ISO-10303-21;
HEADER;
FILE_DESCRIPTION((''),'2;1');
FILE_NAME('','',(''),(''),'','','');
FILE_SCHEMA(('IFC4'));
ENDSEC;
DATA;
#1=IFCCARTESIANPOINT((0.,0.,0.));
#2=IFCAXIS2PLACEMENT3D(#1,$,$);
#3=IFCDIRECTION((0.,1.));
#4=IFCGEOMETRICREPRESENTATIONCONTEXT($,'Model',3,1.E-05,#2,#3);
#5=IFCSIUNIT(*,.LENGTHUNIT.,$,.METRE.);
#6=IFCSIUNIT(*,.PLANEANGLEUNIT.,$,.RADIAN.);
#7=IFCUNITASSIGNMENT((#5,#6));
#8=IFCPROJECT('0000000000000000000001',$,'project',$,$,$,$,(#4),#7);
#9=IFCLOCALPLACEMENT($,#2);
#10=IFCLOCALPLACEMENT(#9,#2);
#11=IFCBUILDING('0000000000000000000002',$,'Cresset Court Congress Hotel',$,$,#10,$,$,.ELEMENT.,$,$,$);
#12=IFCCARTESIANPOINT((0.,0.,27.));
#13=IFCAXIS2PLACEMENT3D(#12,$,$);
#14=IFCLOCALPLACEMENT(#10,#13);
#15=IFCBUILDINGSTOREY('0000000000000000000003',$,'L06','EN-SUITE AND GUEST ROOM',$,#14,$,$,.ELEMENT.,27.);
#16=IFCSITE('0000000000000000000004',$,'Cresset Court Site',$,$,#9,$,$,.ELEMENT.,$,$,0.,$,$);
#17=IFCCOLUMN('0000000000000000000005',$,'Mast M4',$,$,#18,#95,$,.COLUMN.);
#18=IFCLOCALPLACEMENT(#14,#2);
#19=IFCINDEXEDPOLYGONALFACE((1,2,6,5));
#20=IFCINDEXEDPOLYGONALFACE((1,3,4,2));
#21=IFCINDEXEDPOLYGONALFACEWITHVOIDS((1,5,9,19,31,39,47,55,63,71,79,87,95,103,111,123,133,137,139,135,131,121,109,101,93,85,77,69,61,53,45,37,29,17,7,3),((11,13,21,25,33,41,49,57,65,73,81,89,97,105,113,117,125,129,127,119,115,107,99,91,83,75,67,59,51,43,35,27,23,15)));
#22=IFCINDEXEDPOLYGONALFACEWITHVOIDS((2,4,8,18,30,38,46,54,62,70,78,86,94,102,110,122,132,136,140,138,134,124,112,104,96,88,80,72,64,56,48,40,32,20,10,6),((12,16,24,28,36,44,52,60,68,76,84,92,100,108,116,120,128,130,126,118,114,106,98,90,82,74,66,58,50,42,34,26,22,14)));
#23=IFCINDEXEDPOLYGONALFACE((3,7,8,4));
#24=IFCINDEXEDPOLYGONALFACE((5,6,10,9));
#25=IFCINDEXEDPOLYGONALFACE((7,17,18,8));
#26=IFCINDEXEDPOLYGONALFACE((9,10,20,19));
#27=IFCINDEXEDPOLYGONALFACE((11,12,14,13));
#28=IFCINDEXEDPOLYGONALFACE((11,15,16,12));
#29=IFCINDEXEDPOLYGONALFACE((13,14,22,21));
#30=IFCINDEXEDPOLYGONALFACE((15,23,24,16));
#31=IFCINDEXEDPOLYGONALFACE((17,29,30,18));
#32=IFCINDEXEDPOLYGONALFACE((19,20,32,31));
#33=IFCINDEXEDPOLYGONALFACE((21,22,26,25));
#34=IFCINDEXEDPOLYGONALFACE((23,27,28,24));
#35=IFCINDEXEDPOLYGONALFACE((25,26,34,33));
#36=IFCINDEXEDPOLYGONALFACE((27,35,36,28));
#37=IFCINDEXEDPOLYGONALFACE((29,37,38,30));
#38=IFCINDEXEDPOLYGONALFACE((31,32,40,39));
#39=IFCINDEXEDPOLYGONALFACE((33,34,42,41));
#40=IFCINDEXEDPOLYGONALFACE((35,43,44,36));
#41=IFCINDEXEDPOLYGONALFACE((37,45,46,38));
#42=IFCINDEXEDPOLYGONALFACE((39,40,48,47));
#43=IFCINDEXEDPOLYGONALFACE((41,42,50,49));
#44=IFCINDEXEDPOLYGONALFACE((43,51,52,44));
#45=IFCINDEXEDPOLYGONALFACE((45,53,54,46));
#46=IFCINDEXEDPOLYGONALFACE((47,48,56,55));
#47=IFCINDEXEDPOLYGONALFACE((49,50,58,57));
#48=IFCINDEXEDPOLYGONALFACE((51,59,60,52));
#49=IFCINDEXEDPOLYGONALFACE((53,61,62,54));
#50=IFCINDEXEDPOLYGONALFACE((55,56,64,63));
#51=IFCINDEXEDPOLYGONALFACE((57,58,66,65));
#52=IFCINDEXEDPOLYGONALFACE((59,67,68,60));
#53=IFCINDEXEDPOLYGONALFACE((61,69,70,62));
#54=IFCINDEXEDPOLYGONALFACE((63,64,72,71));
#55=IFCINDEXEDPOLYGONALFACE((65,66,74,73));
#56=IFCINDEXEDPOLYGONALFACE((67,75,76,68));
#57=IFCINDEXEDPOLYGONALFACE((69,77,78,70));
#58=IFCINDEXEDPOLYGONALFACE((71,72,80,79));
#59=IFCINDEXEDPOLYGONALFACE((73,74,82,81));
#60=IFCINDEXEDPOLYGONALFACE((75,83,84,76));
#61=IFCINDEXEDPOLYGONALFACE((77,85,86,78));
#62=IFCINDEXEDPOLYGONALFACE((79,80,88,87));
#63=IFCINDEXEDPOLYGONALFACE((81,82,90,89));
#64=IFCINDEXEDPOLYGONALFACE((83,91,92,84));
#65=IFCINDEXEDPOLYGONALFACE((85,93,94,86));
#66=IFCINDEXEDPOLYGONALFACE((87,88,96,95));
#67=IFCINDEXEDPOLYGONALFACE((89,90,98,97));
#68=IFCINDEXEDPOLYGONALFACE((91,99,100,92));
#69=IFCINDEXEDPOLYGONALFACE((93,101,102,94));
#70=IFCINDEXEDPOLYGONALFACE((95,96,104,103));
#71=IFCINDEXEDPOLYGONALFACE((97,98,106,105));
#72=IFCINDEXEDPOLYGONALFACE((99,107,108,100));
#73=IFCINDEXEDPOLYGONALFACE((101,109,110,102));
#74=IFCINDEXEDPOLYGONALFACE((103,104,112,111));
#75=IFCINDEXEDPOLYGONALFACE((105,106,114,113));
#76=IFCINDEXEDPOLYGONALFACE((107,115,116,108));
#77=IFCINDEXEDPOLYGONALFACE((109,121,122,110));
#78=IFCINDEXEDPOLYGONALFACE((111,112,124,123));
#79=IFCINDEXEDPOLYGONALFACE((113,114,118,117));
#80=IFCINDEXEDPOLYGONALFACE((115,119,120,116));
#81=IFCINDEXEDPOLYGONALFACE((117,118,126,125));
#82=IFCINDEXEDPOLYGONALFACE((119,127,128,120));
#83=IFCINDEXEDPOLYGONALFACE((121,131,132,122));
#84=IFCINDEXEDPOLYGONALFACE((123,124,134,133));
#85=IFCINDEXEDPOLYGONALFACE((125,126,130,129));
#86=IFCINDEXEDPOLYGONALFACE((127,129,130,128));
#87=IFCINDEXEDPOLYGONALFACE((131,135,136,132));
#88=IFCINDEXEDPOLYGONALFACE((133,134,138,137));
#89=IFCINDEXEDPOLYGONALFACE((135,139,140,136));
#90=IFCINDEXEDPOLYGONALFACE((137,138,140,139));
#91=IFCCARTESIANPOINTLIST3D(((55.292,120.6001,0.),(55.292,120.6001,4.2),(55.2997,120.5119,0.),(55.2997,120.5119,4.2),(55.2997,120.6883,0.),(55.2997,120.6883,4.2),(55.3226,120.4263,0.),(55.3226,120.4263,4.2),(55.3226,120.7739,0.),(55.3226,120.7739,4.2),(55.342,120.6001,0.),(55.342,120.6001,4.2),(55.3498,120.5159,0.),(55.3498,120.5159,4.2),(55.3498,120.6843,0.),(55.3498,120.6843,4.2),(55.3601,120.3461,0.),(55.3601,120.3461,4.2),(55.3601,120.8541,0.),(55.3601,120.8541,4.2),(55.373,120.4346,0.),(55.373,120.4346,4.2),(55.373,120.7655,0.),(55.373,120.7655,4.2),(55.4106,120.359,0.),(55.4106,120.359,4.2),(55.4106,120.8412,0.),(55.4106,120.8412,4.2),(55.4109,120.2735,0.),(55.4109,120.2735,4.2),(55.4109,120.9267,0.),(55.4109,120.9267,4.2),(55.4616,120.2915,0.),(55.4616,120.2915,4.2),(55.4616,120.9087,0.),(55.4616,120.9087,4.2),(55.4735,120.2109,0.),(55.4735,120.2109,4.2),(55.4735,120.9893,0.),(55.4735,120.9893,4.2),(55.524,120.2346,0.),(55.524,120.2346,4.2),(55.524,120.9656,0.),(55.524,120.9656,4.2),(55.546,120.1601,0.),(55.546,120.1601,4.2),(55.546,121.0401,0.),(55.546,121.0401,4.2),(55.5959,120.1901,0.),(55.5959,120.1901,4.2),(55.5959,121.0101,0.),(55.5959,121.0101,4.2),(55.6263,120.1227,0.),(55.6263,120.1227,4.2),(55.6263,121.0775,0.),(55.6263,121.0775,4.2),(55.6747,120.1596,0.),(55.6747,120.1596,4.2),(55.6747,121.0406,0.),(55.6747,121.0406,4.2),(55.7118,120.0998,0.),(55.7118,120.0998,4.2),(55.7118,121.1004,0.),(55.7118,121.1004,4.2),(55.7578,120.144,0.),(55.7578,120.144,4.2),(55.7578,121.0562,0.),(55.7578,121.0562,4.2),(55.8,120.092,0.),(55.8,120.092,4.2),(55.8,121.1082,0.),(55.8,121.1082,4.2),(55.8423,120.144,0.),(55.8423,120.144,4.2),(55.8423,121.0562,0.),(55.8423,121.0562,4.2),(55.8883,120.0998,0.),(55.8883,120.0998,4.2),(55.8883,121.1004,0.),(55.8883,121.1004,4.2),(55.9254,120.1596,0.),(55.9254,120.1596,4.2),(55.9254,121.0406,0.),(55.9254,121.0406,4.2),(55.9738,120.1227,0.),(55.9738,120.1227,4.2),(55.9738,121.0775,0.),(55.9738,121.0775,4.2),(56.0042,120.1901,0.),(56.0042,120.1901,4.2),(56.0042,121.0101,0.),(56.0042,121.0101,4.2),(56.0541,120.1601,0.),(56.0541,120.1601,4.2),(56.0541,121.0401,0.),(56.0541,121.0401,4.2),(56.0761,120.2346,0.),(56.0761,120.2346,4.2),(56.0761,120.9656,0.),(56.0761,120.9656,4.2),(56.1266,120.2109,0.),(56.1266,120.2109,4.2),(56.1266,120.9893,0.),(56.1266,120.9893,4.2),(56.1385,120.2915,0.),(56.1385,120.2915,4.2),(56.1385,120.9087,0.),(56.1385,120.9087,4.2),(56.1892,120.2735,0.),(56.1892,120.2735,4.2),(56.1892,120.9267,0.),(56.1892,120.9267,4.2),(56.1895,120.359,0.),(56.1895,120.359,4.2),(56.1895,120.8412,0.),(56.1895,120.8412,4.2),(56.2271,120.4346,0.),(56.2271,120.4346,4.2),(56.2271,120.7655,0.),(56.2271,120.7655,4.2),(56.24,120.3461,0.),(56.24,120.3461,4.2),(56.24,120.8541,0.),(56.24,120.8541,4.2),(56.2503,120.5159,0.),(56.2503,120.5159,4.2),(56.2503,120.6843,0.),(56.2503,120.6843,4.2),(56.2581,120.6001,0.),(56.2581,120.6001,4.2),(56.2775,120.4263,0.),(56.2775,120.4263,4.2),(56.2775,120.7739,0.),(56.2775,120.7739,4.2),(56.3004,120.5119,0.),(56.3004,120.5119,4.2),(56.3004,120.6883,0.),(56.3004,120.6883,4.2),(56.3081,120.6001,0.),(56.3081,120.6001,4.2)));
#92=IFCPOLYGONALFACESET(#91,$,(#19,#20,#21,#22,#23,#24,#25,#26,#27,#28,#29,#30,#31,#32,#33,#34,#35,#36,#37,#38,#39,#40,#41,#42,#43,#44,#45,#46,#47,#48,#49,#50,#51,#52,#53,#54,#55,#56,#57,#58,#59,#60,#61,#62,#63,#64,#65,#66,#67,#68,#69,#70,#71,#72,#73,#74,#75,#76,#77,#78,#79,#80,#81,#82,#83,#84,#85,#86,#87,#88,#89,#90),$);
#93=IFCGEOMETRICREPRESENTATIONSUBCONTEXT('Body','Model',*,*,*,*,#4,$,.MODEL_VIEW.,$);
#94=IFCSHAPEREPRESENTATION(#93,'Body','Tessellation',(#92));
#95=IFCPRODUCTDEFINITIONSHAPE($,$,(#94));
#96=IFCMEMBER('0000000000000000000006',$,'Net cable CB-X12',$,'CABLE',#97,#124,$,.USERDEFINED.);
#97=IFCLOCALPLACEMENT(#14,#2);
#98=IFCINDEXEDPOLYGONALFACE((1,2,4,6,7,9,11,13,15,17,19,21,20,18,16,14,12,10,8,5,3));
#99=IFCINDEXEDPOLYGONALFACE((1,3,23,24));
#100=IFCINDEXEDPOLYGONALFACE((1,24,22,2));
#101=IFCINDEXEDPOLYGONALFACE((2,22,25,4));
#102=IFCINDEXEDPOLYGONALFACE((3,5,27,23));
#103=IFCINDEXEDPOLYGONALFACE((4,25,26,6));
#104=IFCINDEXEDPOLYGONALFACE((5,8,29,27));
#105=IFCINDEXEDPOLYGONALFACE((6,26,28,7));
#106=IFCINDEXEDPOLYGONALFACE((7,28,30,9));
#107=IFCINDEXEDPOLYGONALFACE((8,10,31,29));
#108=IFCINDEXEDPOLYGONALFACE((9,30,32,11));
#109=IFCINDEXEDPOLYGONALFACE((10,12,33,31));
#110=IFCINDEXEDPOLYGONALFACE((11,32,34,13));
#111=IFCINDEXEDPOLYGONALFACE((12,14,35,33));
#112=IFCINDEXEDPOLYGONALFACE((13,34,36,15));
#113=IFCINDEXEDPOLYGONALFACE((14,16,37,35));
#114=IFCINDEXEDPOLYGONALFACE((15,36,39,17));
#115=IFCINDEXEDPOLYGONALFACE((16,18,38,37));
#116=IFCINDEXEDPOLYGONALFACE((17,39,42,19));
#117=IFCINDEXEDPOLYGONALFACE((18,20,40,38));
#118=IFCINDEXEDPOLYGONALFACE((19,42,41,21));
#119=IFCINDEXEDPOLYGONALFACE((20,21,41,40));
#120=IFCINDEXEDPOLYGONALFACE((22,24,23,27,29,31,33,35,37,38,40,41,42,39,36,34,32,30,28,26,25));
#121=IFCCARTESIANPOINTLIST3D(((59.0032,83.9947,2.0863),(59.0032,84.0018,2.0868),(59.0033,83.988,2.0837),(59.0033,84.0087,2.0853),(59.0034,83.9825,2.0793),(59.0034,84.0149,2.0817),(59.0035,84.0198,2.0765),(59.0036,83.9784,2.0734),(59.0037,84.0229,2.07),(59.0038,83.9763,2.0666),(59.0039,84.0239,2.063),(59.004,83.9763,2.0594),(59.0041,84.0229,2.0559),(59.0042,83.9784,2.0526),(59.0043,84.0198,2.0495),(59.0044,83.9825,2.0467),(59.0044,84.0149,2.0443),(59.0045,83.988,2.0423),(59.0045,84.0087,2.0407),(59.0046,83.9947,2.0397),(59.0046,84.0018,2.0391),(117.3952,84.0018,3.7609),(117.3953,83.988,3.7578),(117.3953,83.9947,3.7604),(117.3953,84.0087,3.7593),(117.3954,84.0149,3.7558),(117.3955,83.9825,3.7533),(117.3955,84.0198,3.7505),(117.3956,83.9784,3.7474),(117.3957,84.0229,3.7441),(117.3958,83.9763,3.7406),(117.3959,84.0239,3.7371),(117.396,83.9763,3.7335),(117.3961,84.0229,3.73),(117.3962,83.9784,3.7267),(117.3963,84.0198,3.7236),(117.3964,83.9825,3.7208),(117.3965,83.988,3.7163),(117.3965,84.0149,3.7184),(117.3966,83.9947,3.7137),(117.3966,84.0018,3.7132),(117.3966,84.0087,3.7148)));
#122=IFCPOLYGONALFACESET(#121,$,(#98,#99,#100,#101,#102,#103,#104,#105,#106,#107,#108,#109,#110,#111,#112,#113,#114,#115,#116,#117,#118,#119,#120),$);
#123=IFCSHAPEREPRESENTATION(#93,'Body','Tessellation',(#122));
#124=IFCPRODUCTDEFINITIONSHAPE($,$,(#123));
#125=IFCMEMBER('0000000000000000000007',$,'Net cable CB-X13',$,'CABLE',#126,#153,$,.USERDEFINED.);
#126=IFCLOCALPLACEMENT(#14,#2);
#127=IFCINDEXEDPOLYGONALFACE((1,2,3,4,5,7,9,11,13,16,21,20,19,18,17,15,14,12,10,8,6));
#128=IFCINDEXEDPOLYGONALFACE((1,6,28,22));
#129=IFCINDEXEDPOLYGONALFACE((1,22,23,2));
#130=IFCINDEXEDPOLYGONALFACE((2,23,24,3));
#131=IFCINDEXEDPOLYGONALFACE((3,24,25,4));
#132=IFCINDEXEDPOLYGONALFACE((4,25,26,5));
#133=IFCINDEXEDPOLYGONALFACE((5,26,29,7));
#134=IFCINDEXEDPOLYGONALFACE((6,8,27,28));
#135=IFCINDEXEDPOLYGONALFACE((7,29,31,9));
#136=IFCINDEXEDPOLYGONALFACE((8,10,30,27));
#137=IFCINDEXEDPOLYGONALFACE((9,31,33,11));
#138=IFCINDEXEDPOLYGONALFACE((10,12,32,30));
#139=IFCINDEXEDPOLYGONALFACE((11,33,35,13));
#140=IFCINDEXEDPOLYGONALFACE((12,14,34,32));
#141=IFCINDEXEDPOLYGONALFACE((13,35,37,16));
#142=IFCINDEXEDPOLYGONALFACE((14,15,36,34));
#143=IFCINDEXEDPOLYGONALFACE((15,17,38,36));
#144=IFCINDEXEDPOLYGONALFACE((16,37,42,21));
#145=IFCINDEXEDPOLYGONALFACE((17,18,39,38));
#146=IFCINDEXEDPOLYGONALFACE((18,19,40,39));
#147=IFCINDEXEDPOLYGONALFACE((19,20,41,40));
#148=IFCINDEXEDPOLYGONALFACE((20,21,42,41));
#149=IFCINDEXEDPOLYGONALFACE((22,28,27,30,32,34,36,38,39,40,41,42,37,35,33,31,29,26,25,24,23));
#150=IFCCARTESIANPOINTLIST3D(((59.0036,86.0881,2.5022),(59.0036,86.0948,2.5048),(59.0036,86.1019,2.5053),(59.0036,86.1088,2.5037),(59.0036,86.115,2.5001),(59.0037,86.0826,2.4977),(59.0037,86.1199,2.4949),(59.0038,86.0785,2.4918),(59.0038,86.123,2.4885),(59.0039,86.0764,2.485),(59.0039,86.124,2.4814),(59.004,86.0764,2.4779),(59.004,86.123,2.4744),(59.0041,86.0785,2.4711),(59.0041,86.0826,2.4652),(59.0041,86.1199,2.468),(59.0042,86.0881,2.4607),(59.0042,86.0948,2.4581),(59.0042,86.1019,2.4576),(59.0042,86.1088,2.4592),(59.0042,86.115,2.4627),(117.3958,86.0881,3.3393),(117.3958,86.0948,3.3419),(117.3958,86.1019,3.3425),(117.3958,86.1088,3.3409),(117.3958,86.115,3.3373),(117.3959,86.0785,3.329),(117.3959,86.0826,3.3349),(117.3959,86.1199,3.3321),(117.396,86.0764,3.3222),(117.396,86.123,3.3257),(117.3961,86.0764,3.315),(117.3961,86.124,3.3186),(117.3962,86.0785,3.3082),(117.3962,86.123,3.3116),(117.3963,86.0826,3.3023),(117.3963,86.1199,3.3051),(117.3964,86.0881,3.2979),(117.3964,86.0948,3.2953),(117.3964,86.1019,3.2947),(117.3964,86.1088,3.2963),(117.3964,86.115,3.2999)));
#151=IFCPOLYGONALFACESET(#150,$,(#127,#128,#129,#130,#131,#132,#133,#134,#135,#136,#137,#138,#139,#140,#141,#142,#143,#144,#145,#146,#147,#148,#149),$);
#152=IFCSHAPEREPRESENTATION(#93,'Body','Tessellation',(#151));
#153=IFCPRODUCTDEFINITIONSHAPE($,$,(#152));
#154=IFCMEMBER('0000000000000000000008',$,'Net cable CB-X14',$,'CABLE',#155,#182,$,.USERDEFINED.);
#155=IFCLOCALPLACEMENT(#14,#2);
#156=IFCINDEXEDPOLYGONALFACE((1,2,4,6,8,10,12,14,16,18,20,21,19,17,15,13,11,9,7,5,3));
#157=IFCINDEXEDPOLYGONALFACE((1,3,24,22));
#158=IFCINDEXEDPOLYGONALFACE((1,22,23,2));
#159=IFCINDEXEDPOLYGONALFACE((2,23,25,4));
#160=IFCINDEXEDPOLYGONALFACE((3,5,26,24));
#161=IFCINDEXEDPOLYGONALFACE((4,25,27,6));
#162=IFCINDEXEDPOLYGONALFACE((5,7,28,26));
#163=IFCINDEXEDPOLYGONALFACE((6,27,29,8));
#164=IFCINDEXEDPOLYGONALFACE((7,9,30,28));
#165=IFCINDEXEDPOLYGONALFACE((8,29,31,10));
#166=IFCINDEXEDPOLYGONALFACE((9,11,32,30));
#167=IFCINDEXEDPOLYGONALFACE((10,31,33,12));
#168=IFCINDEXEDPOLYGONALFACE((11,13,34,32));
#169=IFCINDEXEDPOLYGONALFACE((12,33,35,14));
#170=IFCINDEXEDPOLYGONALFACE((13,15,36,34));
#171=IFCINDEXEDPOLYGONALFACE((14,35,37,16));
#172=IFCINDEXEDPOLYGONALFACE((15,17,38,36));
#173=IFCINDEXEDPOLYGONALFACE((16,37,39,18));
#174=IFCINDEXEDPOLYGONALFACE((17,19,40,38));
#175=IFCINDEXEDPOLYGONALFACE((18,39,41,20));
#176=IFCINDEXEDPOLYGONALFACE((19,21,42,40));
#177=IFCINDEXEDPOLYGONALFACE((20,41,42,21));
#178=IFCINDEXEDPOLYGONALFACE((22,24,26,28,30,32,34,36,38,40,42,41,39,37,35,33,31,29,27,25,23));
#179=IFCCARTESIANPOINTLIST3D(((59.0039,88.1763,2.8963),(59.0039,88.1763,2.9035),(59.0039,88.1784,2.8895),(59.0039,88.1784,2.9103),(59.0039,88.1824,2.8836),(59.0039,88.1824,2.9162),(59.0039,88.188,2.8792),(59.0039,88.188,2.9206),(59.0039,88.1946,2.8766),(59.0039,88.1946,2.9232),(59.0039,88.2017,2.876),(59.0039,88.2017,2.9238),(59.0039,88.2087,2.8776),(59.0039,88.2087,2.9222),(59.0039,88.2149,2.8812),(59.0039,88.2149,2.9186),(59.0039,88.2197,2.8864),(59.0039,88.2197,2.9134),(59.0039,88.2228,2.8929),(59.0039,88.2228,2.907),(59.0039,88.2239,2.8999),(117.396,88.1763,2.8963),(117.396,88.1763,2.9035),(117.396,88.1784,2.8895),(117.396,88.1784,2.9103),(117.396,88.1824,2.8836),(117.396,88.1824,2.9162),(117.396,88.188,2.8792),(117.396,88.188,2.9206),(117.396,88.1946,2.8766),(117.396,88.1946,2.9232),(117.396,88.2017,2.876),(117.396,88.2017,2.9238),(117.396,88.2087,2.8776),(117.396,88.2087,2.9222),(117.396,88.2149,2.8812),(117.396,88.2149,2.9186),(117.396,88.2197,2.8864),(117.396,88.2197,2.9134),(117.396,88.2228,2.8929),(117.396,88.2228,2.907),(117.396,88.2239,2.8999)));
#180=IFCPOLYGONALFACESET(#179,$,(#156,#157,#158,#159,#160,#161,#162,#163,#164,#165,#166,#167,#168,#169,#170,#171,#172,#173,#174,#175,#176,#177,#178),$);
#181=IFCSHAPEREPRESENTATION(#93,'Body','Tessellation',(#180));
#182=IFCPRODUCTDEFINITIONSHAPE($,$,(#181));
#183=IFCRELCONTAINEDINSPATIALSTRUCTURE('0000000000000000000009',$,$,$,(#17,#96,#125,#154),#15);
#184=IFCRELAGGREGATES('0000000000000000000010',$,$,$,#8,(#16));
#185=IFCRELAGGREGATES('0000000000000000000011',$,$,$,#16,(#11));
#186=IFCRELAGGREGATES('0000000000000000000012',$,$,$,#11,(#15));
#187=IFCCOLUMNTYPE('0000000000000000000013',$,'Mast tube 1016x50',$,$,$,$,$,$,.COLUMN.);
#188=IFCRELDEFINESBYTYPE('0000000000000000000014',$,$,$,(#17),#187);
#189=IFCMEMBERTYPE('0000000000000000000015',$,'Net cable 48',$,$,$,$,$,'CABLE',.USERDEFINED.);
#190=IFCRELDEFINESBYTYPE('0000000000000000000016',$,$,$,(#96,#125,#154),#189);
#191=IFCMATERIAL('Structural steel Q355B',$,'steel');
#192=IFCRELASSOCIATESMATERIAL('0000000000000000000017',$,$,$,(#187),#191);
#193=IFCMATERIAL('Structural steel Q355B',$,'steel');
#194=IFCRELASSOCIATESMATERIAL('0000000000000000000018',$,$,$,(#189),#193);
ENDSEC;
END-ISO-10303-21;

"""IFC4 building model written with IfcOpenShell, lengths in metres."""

from ifc_helpers import new_model, si_unit, direction, frame, origin, origin_2d, place, context, subcontext, project, spatial, circle, hollow_circle, extrude, material, material_profile, profile_set, type_object, element, save


model = new_model("IFC4")

# Units and contexts
model_context = context("Model", 3, precision=1e-05, world=origin(), true_north=direction((0.0, 1.0)))
body_context = subcontext(model_context, "Body", "Model", "MODEL_VIEW")
ifc_project = project(units=[si_unit("LENGTHUNIT", "METRE"), si_unit("PLANEANGLEUNIT", "RADIAN")], contexts=[model_context])

# Site, building, storey
site_placement = place(None, origin())
site = spatial("IfcSite", under=ifc_project, at=site_placement, Name="Cresset Court Site", CompositionType="ELEMENT", RefElevation=0.0)
building_placement = place(site_placement, origin())
building = spatial("IfcBuilding", under=site, at=building_placement, Name="Cresset Court Congress Hotel", CompositionType="ELEMENT")
storey_placement = place(building_placement, frame((0.0, 0.0, 27.0)))
storey = spatial("IfcBuildingStorey", under=building, at=storey_placement, Name="L06", Description="EN-SUITE AND GUEST ROOM", CompositionType="ELEMENT", Elevation=27.0)

# Column
ifc_material_1 = material(Name="Structural steel Q355B", Category="steel")
ifc_material_profile_1 = material_profile(ifc_material_1, hollow_circle(Radius=0.5081, WallThickness=0.05, at=origin_2d()), Name="CHS1016x50")
ifc_profile_set_1 = profile_set([ifc_material_profile_1], Name="Structural steel Q355B")
column_type = type_object("IfcColumnType", Name="Mast tube 1016x50", PredefinedType="COLUMN", material=ifc_profile_set_1)
column_placement = place(storey_placement, frame((55.8, 120.6001, 0.0), z_axis=(0.0, 0.0, 1.0), x_axis=(1.0, 0.0, 0.0)))
element("IfcColumn", 1, at=column_placement, inside=storey, type_object=column_type, Name="Mast M4", PredefinedType="COLUMN", context=body_context, shape_type="SweptSolid", body=[
    extrude(hollow_circle(Radius=0.5081, WallThickness=0.05, at=origin_2d()), origin(), (0.0, 0.0, 1.0), 4.2),
])

# Members
ifc_material_2 = material(Name="Structural steel Q355B", Category="steel")
ifc_material_profile_2 = material_profile(ifc_material_2, circle(Radius=0.0239, at=origin_2d()), Name="CABLE48")
ifc_profile_set_2 = profile_set([ifc_material_profile_2], Name="Structural steel Q355B")
member_type_1 = type_object("IfcMemberType", Name="Net cable 48", ElementType="CABLE", PredefinedType="USERDEFINED", material=ifc_profile_set_2)
member_1_placement = place(storey_placement, frame((59.0039, 84.0, 2.063), z_axis=(0.999589, 0.0, 0.028658), x_axis=(0.0, 1.0, 0.0)))
element("IfcMember", 2, at=member_1_placement, inside=storey, type_object=member_type_1, Name="Net cable CB-X12", ObjectType="CABLE", PredefinedType="USERDEFINED", context=body_context, shape_type="SweptSolid", body=[
    extrude(circle(Radius=0.0239, at=origin_2d()), origin(), (0.0, 0.0, 1.0), 58.416),
])
member_2_placement = place(storey_placement, frame((59.0039, 86.1001, 2.4814), z_axis=(0.999897, 0.0, 0.014335), x_axis=(0.0, 1.0, 0.0)))
element("IfcMember", 3, at=member_2_placement, inside=storey, type_object=member_type_1, Name="Net cable CB-X13", ObjectType="CABLE", PredefinedType="USERDEFINED", context=body_context, shape_type="SweptSolid", body=[
    extrude(circle(Radius=0.0239, at=origin_2d()), origin(), (0.0, 0.0, 1.0), 58.3982),
])
member_3_placement = place(storey_placement, frame((59.0039, 88.2, 2.8999), z_axis=(1.0, 0.0, 0.0), x_axis=(0.0, 1.0, 0.0)))
element("IfcMember", 4, at=member_3_placement, inside=storey, type_object=member_type_1, Name="Net cable CB-X14", ObjectType="CABLE", PredefinedType="USERDEFINED", context=body_context, shape_type="SweptSolid", body=[
    extrude(circle(Radius=0.0239, at=origin_2d()), origin(), (0.0, 0.0, 1.0), 58.3921),
])

save(model, "model.ifc")
